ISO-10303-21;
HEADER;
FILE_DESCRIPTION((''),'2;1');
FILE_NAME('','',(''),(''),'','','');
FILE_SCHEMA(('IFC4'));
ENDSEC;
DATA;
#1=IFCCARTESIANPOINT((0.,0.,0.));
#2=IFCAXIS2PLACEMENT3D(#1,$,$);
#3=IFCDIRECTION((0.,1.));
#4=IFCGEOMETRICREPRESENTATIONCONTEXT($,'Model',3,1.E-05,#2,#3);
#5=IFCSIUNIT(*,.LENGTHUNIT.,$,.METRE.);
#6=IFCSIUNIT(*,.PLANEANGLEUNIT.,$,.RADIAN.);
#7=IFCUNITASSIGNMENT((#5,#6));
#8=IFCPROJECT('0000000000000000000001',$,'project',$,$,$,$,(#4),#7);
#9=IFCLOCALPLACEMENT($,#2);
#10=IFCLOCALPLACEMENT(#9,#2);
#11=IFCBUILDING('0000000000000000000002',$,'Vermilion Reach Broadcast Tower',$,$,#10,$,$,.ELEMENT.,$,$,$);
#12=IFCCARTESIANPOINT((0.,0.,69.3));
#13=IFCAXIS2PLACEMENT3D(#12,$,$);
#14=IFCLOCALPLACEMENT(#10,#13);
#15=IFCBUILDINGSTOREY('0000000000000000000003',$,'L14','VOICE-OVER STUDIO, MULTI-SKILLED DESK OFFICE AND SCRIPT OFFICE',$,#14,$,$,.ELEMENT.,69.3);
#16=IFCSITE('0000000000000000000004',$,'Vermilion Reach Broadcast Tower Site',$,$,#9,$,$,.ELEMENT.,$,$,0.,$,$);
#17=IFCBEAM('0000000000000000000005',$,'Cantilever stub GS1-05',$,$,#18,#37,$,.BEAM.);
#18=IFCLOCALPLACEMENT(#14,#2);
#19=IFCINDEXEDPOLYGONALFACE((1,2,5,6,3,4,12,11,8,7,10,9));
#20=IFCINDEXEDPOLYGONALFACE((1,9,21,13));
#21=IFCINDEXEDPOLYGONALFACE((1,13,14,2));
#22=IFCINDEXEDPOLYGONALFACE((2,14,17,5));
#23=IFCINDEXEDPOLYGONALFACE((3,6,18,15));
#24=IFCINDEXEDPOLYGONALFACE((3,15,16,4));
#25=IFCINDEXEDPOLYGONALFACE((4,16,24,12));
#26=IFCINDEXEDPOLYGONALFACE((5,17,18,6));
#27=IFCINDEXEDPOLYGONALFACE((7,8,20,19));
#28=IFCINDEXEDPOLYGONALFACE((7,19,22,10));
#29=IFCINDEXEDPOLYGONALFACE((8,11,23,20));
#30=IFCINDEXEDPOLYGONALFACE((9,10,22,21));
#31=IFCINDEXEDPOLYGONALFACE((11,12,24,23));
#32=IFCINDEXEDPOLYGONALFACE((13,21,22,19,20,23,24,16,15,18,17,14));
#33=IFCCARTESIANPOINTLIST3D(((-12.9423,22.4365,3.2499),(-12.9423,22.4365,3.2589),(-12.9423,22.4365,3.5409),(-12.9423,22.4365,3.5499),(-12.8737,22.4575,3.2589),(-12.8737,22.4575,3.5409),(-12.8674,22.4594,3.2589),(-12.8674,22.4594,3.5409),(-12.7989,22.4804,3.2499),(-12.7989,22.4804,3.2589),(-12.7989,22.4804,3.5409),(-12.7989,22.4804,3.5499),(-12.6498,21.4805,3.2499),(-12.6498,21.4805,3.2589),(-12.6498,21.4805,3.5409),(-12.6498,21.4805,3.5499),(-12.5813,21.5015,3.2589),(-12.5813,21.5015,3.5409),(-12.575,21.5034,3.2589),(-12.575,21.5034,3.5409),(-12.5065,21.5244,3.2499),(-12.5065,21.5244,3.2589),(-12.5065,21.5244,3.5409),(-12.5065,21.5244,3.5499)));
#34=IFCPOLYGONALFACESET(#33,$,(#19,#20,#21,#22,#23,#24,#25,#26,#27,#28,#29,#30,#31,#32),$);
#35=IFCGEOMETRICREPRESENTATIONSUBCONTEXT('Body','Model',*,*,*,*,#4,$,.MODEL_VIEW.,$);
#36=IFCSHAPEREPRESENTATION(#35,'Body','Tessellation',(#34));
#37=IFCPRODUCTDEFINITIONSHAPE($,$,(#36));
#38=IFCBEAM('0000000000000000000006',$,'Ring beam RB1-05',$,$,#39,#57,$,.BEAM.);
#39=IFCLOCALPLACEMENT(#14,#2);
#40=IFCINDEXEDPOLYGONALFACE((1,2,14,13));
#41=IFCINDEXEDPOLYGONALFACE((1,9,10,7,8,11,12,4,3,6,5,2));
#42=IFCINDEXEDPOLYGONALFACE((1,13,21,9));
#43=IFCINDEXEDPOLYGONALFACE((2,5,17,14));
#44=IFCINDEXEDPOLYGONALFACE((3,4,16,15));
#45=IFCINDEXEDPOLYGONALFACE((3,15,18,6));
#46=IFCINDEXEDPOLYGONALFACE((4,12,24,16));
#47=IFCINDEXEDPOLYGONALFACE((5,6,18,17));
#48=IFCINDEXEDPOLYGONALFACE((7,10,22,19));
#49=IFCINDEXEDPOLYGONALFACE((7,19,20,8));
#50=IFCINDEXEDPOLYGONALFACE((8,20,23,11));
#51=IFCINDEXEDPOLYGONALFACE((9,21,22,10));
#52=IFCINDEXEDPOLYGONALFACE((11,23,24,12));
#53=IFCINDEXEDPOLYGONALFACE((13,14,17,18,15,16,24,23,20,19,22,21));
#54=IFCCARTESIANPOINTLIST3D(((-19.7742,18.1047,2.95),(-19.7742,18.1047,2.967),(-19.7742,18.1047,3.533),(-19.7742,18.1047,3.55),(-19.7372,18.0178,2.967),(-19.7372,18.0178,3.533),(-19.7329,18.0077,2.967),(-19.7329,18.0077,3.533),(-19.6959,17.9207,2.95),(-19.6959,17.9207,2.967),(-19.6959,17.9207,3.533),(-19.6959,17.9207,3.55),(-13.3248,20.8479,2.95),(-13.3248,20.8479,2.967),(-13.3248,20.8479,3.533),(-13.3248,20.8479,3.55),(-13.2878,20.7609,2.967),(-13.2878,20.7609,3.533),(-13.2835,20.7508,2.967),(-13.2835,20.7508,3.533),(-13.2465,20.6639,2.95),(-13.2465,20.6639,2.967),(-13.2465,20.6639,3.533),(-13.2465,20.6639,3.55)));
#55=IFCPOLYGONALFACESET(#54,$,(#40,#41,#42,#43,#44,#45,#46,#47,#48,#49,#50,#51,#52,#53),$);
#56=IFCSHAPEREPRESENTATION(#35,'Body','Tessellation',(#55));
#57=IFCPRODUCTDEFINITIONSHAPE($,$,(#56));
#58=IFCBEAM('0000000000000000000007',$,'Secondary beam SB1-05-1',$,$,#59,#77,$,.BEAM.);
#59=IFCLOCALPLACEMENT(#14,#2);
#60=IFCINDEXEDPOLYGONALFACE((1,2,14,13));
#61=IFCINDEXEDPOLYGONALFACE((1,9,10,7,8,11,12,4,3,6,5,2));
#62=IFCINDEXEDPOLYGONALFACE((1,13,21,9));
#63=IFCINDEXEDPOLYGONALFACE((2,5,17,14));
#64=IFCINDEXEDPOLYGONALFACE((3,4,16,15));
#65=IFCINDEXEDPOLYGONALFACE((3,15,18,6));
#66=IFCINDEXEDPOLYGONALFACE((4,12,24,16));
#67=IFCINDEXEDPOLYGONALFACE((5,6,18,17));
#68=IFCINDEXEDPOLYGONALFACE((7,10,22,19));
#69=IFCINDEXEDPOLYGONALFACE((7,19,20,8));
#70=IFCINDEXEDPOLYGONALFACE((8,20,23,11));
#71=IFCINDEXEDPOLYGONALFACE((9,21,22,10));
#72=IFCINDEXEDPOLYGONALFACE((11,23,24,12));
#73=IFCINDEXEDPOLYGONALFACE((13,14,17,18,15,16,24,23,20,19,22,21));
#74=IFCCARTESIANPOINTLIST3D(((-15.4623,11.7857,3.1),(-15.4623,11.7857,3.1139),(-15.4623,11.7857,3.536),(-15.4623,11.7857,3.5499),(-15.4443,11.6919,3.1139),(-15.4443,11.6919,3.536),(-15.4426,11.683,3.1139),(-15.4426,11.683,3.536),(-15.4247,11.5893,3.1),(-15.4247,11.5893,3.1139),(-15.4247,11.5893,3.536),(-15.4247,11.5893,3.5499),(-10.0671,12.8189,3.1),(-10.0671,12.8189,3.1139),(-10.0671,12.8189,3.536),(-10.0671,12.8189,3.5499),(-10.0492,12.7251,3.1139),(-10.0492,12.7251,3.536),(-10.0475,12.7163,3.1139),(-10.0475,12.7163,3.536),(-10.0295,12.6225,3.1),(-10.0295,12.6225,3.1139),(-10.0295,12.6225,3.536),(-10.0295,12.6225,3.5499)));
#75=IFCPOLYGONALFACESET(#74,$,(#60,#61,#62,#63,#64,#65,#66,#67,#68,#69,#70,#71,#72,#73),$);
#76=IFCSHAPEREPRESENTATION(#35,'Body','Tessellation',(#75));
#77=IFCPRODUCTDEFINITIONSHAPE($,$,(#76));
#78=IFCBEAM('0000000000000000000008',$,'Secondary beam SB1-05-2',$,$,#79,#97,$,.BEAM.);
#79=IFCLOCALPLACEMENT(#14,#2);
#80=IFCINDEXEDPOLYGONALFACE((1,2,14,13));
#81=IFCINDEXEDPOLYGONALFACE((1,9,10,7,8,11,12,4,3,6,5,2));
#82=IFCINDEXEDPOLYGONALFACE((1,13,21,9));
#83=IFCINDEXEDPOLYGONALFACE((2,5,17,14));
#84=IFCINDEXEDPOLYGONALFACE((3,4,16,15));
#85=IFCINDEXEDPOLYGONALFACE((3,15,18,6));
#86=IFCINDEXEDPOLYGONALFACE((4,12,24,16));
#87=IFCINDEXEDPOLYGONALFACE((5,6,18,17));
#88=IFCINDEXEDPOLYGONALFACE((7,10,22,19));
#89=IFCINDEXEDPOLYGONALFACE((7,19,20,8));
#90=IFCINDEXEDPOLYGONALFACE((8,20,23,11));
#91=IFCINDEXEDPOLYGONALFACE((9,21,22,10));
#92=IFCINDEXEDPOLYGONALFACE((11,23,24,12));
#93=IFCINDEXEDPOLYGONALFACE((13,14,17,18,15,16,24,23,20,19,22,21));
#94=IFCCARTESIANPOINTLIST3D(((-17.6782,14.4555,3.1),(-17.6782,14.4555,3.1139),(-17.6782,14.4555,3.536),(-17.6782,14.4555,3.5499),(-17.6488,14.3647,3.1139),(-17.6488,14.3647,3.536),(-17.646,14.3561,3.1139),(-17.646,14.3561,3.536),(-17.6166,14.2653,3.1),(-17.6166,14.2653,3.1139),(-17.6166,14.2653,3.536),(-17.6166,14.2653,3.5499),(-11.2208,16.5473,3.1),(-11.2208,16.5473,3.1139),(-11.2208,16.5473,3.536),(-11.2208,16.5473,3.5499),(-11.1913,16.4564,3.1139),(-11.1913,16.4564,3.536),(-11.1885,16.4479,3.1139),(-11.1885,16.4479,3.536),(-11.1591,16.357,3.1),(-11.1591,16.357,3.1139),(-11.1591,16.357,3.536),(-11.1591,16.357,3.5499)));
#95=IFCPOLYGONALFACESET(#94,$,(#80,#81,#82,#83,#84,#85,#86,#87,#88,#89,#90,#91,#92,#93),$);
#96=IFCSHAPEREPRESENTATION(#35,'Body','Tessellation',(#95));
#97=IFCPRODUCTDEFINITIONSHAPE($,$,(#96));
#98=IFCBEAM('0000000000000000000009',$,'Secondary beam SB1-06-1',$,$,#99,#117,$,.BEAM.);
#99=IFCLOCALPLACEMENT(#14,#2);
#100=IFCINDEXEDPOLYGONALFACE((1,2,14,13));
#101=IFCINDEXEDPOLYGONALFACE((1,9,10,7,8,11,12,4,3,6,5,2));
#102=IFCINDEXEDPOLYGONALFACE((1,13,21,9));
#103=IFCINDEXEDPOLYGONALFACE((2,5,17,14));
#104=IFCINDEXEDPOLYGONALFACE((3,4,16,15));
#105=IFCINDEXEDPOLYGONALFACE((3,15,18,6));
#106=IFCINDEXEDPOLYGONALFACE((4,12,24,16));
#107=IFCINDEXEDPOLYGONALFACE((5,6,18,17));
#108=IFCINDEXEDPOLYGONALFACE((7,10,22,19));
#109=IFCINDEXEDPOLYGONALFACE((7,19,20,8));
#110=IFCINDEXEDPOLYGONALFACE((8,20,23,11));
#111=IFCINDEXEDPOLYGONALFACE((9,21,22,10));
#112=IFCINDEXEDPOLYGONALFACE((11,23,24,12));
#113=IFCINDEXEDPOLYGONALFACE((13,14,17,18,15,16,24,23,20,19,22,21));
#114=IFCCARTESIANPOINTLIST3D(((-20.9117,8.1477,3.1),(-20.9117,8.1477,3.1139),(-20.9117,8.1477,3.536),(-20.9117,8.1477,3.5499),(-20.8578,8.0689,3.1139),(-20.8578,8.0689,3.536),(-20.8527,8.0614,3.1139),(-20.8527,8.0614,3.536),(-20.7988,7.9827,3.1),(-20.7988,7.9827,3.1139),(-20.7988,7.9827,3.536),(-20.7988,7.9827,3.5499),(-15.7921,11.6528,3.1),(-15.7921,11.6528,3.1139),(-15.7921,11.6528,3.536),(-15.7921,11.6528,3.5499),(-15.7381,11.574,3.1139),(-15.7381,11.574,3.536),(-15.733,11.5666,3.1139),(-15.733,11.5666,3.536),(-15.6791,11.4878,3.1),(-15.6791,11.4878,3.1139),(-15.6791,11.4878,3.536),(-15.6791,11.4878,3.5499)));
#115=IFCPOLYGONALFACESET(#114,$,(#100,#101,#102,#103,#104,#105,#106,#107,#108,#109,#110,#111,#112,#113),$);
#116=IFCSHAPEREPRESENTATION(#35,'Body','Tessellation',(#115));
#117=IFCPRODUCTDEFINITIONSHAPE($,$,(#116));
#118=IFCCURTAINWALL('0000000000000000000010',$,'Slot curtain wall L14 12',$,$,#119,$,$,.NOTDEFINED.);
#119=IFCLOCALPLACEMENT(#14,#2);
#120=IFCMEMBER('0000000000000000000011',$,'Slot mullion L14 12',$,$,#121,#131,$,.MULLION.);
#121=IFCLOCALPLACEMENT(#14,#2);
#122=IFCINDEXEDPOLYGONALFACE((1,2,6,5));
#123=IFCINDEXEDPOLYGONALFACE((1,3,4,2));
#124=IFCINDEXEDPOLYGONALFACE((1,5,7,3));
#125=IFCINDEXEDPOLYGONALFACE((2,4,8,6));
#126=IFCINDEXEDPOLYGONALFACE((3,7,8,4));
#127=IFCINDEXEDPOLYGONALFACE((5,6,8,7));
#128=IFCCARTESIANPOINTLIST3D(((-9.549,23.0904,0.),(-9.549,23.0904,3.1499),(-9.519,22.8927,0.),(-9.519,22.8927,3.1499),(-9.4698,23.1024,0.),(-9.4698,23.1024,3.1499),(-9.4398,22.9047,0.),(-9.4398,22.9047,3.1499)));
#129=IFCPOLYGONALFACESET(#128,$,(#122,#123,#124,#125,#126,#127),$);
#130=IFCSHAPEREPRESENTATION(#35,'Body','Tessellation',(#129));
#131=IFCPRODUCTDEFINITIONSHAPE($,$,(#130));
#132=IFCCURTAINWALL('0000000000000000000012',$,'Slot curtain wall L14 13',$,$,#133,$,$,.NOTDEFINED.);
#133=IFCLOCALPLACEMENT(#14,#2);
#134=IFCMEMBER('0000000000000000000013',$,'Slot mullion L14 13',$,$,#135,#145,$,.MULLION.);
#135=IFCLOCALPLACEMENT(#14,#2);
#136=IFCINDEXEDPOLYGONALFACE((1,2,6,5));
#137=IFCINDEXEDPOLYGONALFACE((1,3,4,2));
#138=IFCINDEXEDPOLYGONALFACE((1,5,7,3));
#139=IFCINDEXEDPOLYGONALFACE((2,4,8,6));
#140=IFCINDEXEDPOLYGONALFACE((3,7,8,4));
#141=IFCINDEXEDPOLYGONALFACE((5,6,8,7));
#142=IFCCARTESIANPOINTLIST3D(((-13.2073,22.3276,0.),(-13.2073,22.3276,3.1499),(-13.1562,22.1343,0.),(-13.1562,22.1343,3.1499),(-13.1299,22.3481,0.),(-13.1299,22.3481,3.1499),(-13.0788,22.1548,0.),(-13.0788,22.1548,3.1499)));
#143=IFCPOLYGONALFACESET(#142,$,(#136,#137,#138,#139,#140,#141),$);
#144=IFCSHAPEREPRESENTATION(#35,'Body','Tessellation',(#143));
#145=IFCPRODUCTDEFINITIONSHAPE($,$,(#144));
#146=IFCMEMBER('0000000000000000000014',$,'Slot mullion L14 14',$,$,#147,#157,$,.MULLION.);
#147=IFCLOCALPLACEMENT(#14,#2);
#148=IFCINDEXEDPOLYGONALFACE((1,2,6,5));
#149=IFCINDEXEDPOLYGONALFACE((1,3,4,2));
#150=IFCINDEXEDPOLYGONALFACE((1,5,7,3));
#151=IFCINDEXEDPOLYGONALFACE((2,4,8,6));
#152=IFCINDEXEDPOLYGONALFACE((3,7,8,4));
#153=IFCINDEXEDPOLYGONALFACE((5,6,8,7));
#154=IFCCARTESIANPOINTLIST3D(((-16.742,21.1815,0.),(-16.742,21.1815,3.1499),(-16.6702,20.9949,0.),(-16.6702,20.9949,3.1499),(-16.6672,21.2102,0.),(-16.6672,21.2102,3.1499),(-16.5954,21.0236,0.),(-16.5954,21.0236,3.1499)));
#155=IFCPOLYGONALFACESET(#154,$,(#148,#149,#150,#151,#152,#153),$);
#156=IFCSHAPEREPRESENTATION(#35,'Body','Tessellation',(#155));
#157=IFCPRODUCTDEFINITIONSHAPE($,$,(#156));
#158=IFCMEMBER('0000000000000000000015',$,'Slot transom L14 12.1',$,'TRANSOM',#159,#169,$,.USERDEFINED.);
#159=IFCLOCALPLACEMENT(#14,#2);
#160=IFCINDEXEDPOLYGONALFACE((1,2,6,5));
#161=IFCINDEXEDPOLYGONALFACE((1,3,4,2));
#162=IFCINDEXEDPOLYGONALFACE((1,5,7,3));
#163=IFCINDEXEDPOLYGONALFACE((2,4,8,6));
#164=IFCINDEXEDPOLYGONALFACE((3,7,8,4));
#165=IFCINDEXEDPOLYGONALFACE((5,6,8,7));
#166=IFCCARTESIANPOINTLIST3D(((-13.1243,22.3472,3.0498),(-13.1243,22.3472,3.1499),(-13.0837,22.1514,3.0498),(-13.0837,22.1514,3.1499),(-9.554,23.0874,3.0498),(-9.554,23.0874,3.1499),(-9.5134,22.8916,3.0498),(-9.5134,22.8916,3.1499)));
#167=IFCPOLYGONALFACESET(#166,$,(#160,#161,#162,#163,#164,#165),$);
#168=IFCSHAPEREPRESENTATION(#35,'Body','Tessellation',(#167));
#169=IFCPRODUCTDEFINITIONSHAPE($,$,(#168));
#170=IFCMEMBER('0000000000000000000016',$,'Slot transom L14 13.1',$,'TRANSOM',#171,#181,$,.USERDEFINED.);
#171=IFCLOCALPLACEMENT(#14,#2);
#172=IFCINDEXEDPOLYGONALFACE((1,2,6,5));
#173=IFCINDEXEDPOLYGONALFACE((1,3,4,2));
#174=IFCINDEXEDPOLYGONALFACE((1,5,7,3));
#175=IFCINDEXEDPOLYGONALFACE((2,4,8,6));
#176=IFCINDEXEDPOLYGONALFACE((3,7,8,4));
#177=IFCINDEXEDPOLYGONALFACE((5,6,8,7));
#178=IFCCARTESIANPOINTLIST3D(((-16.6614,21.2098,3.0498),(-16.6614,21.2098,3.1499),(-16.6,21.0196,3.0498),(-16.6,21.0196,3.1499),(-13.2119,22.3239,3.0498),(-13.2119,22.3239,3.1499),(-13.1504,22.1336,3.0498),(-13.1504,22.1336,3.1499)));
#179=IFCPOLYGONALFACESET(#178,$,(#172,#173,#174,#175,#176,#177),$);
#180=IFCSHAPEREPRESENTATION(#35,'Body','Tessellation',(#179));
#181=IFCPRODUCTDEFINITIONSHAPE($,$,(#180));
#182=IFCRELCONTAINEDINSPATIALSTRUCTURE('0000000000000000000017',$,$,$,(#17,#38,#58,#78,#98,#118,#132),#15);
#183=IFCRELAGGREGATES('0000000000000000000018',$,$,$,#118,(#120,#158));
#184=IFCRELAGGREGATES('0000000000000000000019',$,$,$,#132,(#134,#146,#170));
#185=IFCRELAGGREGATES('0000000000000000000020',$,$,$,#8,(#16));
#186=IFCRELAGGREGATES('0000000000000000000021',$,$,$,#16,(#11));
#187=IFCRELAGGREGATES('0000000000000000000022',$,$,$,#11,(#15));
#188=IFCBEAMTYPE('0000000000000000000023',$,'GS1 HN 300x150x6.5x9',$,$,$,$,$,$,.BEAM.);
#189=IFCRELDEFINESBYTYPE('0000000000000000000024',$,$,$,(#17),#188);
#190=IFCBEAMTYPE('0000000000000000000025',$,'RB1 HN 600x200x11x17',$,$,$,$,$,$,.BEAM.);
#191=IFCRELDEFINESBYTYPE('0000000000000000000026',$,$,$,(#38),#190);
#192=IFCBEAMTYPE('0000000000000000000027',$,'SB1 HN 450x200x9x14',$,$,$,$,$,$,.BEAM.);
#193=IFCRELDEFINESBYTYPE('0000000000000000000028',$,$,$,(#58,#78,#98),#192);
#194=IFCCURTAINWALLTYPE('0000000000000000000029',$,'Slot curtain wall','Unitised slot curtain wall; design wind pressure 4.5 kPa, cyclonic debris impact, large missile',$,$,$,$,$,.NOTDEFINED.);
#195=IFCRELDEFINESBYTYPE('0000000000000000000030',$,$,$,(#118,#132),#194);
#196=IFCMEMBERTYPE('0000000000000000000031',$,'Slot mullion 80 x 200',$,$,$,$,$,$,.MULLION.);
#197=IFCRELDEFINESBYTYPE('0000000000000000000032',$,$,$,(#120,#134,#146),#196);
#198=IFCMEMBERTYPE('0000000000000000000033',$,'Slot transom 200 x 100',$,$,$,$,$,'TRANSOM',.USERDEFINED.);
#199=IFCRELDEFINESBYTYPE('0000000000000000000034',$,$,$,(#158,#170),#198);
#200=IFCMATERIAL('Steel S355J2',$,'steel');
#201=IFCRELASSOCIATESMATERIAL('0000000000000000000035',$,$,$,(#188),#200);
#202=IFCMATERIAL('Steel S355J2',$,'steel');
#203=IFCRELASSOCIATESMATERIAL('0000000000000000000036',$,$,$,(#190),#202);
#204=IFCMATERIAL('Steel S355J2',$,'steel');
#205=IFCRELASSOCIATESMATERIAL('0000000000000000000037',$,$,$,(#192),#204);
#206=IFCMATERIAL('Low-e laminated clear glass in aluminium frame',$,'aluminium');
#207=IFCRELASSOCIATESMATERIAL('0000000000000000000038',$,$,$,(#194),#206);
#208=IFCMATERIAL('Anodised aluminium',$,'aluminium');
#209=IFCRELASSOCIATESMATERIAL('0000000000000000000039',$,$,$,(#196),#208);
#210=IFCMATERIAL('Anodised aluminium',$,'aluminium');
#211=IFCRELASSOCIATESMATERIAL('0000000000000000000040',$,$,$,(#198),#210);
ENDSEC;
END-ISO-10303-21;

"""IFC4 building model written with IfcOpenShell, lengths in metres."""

from ifc_helpers import new_model, si_unit, direction, frame, origin, origin_2d, place, context, subcontext, project, spatial, rectangle, i_section, extrude, material, material_profile, profile_set, type_object, element, aggregate, save


model = new_model("IFC4")

# Units and contexts
model_context = context("Model", 3, precision=1e-05, world=origin(), true_north=direction((0.0, 1.0)))
body_context = subcontext(model_context, "Body", "Model", "MODEL_VIEW")
ifc_project = project(units=[si_unit("LENGTHUNIT", "METRE"), si_unit("PLANEANGLEUNIT", "RADIAN")], contexts=[model_context])

# Site, building, storey
site_placement = place(None, origin())
site = spatial("IfcSite", under=ifc_project, at=site_placement, Name="Vermilion Reach Broadcast Tower Site", CompositionType="ELEMENT", RefElevation=0.0)
building_placement = place(site_placement, origin())
building = spatial("IfcBuilding", under=site, at=building_placement, Name="Vermilion Reach Broadcast Tower", CompositionType="ELEMENT")
storey_placement = place(building_placement, frame((0.0, 0.0, 69.3)))
storey = spatial("IfcBuildingStorey", under=building, at=storey_placement, Name="L14", Description="VOICE-OVER STUDIO, MULTI-SKILLED DESK OFFICE AND SCRIPT OFFICE", CompositionType="ELEMENT", Elevation=69.3)

# Beams
ifc_material_1 = material(Name="Steel S355J2", Category="steel")
ifc_material_profile_1 = material_profile(ifc_material_1, i_section(OverallWidth=0.1499, OverallDepth=0.3, WebThickness=0.0066, FlangeThickness=0.009, at=origin_2d()), Name="S355J2 HN 300x150x6.5x9")
ifc_profile_set_1 = profile_set([ifc_material_profile_1], Name="Steel S355J2")
beam_type_1 = type_object("IfcBeamType", Name="GS1 HN 300x150x6.5x9", PredefinedType="BEAM", material=ifc_profile_set_1)
beam_1_placement = place(storey_placement, frame((-12.5781, 21.5024, 3.3999), z_axis=(-0.292541, 0.956253, 0.0), x_axis=(-0.956253, -0.292541, 0.0)))
element("IfcBeam", 1, at=beam_1_placement, inside=storey, type_object=beam_type_1, Name="Cantilever stub GS1-05", PredefinedType="BEAM", context=body_context, shape_type="SweptSolid", body=[
    extrude(i_section(OverallWidth=0.1499, OverallDepth=0.3, WebThickness=0.0066, FlangeThickness=0.009, at=origin_2d()), origin(), (0.0, 0.0, 1.0), 0.9998),
])
ifc_material_2 = material(Name="Steel S355J2", Category="steel")
ifc_material_profile_2 = material_profile(ifc_material_2, i_section(OverallWidth=0.2, OverallDepth=0.6001, WebThickness=0.011, FlangeThickness=0.0171, at=origin_2d()), Name="S355J2 HN 600x200x11x17")
ifc_profile_set_2 = profile_set([ifc_material_profile_2], Name="Steel S355J2")
beam_type_2 = type_object("IfcBeamType", Name="RB1 HN 600x200x11x17", PredefinedType="BEAM", material=ifc_profile_set_2)
beam_2_placement = place(storey_placement, frame((-13.2856, 20.7559, 3.25), z_axis=(-0.920221, -0.3914, 0.0), x_axis=(0.3914, -0.920221, 0.0)))
element("IfcBeam", 2, at=beam_2_placement, inside=storey, type_object=beam_type_2, Name="Ring beam RB1-05", PredefinedType="BEAM", context=body_context, shape_type="SweptSolid", body=[
    extrude(i_section(OverallWidth=0.2, OverallDepth=0.6001, WebThickness=0.011, FlangeThickness=0.0171, at=origin_2d()), origin(), (0.0, 0.0, 1.0), 7.0085),
])
ifc_material_3 = material(Name="Steel S355J2", Category="steel")
ifc_material_profile_3 = material_profile(ifc_material_3, i_section(OverallWidth=0.2, OverallDepth=0.45, WebThickness=0.009, FlangeThickness=0.0139, at=origin_2d()), Name="S355J2 HN 450x200x9x14")
ifc_profile_set_3 = profile_set([ifc_material_profile_3], Name="Steel S355J2")
beam_type_3 = type_object("IfcBeamType", Name="SB1 HN 450x200x9x14", PredefinedType="BEAM", material=ifc_profile_set_3)
beam_3_placement = place(storey_placement, frame((-10.0483, 12.7207, 3.325), z_axis=(-0.982151, -0.188092, 0.0), x_axis=(0.188092, -0.982151, 0.0)))
element("IfcBeam", 3, at=beam_3_placement, inside=storey, type_object=beam_type_3, Name="Secondary beam SB1-05-1", PredefinedType="BEAM", context=body_context, shape_type="SweptSolid", body=[
    extrude(i_section(OverallWidth=0.2, OverallDepth=0.45, WebThickness=0.009, FlangeThickness=0.0139, at=origin_2d()), origin(), (0.0, 0.0, 1.0), 5.4932),
])
beam_4_placement = place(storey_placement, frame((-11.1899, 16.4521, 3.325), z_axis=(-0.951332, -0.308167, 0.0), x_axis=(0.308167, -0.951332, 0.0)))
element("IfcBeam", 4, at=beam_4_placement, inside=storey, type_object=beam_type_3, Name="Secondary beam SB1-05-2", PredefinedType="BEAM", context=body_context, shape_type="SweptSolid", body=[
    extrude(i_section(OverallWidth=0.2, OverallDepth=0.45, WebThickness=0.009, FlangeThickness=0.0139, at=origin_2d()), origin(), (0.0, 0.0, 1.0), 6.7878),
])
beam_5_placement = place(storey_placement, frame((-15.7356, 11.5703, 3.325), z_axis=(-0.82514, -0.564928, 0.0), x_axis=(0.564928, -0.82514, 0.0)))
element("IfcBeam", 5, at=beam_5_placement, inside=storey, type_object=beam_type_3, Name="Secondary beam SB1-06-1", PredefinedType="BEAM", context=body_context, shape_type="SweptSolid", body=[
    extrude(i_section(OverallWidth=0.2, OverallDepth=0.45, WebThickness=0.009, FlangeThickness=0.0139, at=origin_2d()), origin(), (0.0, 0.0, 1.0), 6.2046),
])

# Curtain wall, member
ifc_material_4 = material(Name="Low-e laminated clear glass in aluminium frame", Category="aluminium")
curtain_wall_type = type_object("IfcCurtainWallType", Name="Slot curtain wall", Description="Unitised slot curtain wall; design wind pressure 4.5 kPa, cyclonic debris impact, large missile", PredefinedType="NOTDEFINED", material=ifc_material_4)
placement = place(storey_placement, origin())
curtain_wall_1 = element("IfcCurtainWall", 6, at=placement, inside=storey, type_object=curtain_wall_type, Name="Slot curtain wall L14 12", PredefinedType="NOTDEFINED")
ifc_material_5 = material(Name="Anodised aluminium", Category="aluminium")
ifc_material_profile_4 = material_profile(ifc_material_5, rectangle(XDim=0.2, YDim=0.0801, at=origin_2d()), Name="Slot mullion 80 x 200")
ifc_profile_set_4 = profile_set([ifc_material_profile_4], Name="Anodised aluminium")
member_type_1 = type_object("IfcMemberType", Name="Slot mullion 80 x 200", PredefinedType="MULLION", material=ifc_profile_set_4)
member_1_placement = place(storey_placement, frame((-9.4944, 22.9976, 0.0), z_axis=(0.0, 0.0, 1.0), x_axis=(0.150226, -0.988652, 0.0)))
member_1 = element("IfcMember", 7, at=member_1_placement, type_object=member_type_1, Name="Slot mullion L14 12", PredefinedType="MULLION", context=body_context, shape_type="SweptSolid", body=[
    extrude(rectangle(XDim=0.2, YDim=0.0801, at=origin_2d()), origin(), (0.0, 0.0, 1.0), 3.1499),
])

# Curtain wall, members
curtain_wall_2 = element("IfcCurtainWall", 8, at=placement, inside=storey, type_object=curtain_wall_type, Name="Slot curtain wall L14 13", PredefinedType="NOTDEFINED")
member_2_placement = place(storey_placement, frame((-13.1431, 22.2412, 0.0), z_axis=(0.0, 0.0, 1.0), x_axis=(0.255546, -0.966797, 0.0)))
member_2 = element("IfcMember", 9, at=member_2_placement, type_object=member_type_1, Name="Slot mullion L14 13", PredefinedType="MULLION", context=body_context, shape_type="SweptSolid", body=[
    extrude(rectangle(XDim=0.2, YDim=0.0801, at=origin_2d()), origin(), (0.0, 0.0, 1.0), 3.1499),
])
member_3_placement = place(storey_placement, frame((-16.6687, 21.1025, 0.0), z_axis=(0.0, 0.0, 1.0), x_axis=(0.359036, -0.933324, 0.0)))
member_3 = element("IfcMember", 10, at=member_3_placement, type_object=member_type_1, Name="Slot mullion L14 14", PredefinedType="MULLION", context=body_context, shape_type="SweptSolid", body=[
    extrude(rectangle(XDim=0.2, YDim=0.0801, at=origin_2d()), origin(), (0.0, 0.0, 1.0), 3.1499),
])

# Members
ifc_material_6 = material(Name="Anodised aluminium", Category="aluminium")
ifc_material_profile_5 = material_profile(ifc_material_6, rectangle(XDim=0.2, YDim=0.1001, at=origin_2d()), Name="Slot transom 200 x 100")
ifc_profile_set_5 = profile_set([ifc_material_profile_5], Name="Anodised aluminium")
member_type_2 = type_object("IfcMemberType", Name="Slot transom 200 x 100", ElementType="TRANSOM", PredefinedType="USERDEFINED", material=ifc_profile_set_5)
member_4_placement = place(storey_placement, frame((-9.5337, 22.9895, 3.0999), z_axis=(-0.979176, -0.203013, 0.0), x_axis=(0.203013, -0.979176, 0.0)))
member_4 = element("IfcMember", 11, at=member_4_placement, type_object=member_type_2, Name="Slot transom L14 12.1", ObjectType="TRANSOM", PredefinedType="USERDEFINED", context=body_context, shape_type="SweptSolid", body=[
    extrude(rectangle(XDim=0.2, YDim=0.1001, at=origin_2d()), origin(), (0.0, 0.0, 1.0), 3.6462),
])
member_5_placement = place(storey_placement, frame((-13.1812, 22.2288, 3.0999), z_axis=(-0.951605, -0.307324, 0.0), x_axis=(0.307324, -0.951605, 0.0)))
member_5 = element("IfcMember", 12, at=member_5_placement, type_object=member_type_2, Name="Slot transom L14 13.1", ObjectType="TRANSOM", PredefinedType="USERDEFINED", context=body_context, shape_type="SweptSolid", body=[
    extrude(rectangle(XDim=0.2, YDim=0.1001, at=origin_2d()), origin(), (0.0, 0.0, 1.0), 3.625),
])

aggregate(curtain_wall_1, [member_1, member_4])
aggregate(curtain_wall_2, [member_2, member_3, member_5])

save(model, "model.ifc")
